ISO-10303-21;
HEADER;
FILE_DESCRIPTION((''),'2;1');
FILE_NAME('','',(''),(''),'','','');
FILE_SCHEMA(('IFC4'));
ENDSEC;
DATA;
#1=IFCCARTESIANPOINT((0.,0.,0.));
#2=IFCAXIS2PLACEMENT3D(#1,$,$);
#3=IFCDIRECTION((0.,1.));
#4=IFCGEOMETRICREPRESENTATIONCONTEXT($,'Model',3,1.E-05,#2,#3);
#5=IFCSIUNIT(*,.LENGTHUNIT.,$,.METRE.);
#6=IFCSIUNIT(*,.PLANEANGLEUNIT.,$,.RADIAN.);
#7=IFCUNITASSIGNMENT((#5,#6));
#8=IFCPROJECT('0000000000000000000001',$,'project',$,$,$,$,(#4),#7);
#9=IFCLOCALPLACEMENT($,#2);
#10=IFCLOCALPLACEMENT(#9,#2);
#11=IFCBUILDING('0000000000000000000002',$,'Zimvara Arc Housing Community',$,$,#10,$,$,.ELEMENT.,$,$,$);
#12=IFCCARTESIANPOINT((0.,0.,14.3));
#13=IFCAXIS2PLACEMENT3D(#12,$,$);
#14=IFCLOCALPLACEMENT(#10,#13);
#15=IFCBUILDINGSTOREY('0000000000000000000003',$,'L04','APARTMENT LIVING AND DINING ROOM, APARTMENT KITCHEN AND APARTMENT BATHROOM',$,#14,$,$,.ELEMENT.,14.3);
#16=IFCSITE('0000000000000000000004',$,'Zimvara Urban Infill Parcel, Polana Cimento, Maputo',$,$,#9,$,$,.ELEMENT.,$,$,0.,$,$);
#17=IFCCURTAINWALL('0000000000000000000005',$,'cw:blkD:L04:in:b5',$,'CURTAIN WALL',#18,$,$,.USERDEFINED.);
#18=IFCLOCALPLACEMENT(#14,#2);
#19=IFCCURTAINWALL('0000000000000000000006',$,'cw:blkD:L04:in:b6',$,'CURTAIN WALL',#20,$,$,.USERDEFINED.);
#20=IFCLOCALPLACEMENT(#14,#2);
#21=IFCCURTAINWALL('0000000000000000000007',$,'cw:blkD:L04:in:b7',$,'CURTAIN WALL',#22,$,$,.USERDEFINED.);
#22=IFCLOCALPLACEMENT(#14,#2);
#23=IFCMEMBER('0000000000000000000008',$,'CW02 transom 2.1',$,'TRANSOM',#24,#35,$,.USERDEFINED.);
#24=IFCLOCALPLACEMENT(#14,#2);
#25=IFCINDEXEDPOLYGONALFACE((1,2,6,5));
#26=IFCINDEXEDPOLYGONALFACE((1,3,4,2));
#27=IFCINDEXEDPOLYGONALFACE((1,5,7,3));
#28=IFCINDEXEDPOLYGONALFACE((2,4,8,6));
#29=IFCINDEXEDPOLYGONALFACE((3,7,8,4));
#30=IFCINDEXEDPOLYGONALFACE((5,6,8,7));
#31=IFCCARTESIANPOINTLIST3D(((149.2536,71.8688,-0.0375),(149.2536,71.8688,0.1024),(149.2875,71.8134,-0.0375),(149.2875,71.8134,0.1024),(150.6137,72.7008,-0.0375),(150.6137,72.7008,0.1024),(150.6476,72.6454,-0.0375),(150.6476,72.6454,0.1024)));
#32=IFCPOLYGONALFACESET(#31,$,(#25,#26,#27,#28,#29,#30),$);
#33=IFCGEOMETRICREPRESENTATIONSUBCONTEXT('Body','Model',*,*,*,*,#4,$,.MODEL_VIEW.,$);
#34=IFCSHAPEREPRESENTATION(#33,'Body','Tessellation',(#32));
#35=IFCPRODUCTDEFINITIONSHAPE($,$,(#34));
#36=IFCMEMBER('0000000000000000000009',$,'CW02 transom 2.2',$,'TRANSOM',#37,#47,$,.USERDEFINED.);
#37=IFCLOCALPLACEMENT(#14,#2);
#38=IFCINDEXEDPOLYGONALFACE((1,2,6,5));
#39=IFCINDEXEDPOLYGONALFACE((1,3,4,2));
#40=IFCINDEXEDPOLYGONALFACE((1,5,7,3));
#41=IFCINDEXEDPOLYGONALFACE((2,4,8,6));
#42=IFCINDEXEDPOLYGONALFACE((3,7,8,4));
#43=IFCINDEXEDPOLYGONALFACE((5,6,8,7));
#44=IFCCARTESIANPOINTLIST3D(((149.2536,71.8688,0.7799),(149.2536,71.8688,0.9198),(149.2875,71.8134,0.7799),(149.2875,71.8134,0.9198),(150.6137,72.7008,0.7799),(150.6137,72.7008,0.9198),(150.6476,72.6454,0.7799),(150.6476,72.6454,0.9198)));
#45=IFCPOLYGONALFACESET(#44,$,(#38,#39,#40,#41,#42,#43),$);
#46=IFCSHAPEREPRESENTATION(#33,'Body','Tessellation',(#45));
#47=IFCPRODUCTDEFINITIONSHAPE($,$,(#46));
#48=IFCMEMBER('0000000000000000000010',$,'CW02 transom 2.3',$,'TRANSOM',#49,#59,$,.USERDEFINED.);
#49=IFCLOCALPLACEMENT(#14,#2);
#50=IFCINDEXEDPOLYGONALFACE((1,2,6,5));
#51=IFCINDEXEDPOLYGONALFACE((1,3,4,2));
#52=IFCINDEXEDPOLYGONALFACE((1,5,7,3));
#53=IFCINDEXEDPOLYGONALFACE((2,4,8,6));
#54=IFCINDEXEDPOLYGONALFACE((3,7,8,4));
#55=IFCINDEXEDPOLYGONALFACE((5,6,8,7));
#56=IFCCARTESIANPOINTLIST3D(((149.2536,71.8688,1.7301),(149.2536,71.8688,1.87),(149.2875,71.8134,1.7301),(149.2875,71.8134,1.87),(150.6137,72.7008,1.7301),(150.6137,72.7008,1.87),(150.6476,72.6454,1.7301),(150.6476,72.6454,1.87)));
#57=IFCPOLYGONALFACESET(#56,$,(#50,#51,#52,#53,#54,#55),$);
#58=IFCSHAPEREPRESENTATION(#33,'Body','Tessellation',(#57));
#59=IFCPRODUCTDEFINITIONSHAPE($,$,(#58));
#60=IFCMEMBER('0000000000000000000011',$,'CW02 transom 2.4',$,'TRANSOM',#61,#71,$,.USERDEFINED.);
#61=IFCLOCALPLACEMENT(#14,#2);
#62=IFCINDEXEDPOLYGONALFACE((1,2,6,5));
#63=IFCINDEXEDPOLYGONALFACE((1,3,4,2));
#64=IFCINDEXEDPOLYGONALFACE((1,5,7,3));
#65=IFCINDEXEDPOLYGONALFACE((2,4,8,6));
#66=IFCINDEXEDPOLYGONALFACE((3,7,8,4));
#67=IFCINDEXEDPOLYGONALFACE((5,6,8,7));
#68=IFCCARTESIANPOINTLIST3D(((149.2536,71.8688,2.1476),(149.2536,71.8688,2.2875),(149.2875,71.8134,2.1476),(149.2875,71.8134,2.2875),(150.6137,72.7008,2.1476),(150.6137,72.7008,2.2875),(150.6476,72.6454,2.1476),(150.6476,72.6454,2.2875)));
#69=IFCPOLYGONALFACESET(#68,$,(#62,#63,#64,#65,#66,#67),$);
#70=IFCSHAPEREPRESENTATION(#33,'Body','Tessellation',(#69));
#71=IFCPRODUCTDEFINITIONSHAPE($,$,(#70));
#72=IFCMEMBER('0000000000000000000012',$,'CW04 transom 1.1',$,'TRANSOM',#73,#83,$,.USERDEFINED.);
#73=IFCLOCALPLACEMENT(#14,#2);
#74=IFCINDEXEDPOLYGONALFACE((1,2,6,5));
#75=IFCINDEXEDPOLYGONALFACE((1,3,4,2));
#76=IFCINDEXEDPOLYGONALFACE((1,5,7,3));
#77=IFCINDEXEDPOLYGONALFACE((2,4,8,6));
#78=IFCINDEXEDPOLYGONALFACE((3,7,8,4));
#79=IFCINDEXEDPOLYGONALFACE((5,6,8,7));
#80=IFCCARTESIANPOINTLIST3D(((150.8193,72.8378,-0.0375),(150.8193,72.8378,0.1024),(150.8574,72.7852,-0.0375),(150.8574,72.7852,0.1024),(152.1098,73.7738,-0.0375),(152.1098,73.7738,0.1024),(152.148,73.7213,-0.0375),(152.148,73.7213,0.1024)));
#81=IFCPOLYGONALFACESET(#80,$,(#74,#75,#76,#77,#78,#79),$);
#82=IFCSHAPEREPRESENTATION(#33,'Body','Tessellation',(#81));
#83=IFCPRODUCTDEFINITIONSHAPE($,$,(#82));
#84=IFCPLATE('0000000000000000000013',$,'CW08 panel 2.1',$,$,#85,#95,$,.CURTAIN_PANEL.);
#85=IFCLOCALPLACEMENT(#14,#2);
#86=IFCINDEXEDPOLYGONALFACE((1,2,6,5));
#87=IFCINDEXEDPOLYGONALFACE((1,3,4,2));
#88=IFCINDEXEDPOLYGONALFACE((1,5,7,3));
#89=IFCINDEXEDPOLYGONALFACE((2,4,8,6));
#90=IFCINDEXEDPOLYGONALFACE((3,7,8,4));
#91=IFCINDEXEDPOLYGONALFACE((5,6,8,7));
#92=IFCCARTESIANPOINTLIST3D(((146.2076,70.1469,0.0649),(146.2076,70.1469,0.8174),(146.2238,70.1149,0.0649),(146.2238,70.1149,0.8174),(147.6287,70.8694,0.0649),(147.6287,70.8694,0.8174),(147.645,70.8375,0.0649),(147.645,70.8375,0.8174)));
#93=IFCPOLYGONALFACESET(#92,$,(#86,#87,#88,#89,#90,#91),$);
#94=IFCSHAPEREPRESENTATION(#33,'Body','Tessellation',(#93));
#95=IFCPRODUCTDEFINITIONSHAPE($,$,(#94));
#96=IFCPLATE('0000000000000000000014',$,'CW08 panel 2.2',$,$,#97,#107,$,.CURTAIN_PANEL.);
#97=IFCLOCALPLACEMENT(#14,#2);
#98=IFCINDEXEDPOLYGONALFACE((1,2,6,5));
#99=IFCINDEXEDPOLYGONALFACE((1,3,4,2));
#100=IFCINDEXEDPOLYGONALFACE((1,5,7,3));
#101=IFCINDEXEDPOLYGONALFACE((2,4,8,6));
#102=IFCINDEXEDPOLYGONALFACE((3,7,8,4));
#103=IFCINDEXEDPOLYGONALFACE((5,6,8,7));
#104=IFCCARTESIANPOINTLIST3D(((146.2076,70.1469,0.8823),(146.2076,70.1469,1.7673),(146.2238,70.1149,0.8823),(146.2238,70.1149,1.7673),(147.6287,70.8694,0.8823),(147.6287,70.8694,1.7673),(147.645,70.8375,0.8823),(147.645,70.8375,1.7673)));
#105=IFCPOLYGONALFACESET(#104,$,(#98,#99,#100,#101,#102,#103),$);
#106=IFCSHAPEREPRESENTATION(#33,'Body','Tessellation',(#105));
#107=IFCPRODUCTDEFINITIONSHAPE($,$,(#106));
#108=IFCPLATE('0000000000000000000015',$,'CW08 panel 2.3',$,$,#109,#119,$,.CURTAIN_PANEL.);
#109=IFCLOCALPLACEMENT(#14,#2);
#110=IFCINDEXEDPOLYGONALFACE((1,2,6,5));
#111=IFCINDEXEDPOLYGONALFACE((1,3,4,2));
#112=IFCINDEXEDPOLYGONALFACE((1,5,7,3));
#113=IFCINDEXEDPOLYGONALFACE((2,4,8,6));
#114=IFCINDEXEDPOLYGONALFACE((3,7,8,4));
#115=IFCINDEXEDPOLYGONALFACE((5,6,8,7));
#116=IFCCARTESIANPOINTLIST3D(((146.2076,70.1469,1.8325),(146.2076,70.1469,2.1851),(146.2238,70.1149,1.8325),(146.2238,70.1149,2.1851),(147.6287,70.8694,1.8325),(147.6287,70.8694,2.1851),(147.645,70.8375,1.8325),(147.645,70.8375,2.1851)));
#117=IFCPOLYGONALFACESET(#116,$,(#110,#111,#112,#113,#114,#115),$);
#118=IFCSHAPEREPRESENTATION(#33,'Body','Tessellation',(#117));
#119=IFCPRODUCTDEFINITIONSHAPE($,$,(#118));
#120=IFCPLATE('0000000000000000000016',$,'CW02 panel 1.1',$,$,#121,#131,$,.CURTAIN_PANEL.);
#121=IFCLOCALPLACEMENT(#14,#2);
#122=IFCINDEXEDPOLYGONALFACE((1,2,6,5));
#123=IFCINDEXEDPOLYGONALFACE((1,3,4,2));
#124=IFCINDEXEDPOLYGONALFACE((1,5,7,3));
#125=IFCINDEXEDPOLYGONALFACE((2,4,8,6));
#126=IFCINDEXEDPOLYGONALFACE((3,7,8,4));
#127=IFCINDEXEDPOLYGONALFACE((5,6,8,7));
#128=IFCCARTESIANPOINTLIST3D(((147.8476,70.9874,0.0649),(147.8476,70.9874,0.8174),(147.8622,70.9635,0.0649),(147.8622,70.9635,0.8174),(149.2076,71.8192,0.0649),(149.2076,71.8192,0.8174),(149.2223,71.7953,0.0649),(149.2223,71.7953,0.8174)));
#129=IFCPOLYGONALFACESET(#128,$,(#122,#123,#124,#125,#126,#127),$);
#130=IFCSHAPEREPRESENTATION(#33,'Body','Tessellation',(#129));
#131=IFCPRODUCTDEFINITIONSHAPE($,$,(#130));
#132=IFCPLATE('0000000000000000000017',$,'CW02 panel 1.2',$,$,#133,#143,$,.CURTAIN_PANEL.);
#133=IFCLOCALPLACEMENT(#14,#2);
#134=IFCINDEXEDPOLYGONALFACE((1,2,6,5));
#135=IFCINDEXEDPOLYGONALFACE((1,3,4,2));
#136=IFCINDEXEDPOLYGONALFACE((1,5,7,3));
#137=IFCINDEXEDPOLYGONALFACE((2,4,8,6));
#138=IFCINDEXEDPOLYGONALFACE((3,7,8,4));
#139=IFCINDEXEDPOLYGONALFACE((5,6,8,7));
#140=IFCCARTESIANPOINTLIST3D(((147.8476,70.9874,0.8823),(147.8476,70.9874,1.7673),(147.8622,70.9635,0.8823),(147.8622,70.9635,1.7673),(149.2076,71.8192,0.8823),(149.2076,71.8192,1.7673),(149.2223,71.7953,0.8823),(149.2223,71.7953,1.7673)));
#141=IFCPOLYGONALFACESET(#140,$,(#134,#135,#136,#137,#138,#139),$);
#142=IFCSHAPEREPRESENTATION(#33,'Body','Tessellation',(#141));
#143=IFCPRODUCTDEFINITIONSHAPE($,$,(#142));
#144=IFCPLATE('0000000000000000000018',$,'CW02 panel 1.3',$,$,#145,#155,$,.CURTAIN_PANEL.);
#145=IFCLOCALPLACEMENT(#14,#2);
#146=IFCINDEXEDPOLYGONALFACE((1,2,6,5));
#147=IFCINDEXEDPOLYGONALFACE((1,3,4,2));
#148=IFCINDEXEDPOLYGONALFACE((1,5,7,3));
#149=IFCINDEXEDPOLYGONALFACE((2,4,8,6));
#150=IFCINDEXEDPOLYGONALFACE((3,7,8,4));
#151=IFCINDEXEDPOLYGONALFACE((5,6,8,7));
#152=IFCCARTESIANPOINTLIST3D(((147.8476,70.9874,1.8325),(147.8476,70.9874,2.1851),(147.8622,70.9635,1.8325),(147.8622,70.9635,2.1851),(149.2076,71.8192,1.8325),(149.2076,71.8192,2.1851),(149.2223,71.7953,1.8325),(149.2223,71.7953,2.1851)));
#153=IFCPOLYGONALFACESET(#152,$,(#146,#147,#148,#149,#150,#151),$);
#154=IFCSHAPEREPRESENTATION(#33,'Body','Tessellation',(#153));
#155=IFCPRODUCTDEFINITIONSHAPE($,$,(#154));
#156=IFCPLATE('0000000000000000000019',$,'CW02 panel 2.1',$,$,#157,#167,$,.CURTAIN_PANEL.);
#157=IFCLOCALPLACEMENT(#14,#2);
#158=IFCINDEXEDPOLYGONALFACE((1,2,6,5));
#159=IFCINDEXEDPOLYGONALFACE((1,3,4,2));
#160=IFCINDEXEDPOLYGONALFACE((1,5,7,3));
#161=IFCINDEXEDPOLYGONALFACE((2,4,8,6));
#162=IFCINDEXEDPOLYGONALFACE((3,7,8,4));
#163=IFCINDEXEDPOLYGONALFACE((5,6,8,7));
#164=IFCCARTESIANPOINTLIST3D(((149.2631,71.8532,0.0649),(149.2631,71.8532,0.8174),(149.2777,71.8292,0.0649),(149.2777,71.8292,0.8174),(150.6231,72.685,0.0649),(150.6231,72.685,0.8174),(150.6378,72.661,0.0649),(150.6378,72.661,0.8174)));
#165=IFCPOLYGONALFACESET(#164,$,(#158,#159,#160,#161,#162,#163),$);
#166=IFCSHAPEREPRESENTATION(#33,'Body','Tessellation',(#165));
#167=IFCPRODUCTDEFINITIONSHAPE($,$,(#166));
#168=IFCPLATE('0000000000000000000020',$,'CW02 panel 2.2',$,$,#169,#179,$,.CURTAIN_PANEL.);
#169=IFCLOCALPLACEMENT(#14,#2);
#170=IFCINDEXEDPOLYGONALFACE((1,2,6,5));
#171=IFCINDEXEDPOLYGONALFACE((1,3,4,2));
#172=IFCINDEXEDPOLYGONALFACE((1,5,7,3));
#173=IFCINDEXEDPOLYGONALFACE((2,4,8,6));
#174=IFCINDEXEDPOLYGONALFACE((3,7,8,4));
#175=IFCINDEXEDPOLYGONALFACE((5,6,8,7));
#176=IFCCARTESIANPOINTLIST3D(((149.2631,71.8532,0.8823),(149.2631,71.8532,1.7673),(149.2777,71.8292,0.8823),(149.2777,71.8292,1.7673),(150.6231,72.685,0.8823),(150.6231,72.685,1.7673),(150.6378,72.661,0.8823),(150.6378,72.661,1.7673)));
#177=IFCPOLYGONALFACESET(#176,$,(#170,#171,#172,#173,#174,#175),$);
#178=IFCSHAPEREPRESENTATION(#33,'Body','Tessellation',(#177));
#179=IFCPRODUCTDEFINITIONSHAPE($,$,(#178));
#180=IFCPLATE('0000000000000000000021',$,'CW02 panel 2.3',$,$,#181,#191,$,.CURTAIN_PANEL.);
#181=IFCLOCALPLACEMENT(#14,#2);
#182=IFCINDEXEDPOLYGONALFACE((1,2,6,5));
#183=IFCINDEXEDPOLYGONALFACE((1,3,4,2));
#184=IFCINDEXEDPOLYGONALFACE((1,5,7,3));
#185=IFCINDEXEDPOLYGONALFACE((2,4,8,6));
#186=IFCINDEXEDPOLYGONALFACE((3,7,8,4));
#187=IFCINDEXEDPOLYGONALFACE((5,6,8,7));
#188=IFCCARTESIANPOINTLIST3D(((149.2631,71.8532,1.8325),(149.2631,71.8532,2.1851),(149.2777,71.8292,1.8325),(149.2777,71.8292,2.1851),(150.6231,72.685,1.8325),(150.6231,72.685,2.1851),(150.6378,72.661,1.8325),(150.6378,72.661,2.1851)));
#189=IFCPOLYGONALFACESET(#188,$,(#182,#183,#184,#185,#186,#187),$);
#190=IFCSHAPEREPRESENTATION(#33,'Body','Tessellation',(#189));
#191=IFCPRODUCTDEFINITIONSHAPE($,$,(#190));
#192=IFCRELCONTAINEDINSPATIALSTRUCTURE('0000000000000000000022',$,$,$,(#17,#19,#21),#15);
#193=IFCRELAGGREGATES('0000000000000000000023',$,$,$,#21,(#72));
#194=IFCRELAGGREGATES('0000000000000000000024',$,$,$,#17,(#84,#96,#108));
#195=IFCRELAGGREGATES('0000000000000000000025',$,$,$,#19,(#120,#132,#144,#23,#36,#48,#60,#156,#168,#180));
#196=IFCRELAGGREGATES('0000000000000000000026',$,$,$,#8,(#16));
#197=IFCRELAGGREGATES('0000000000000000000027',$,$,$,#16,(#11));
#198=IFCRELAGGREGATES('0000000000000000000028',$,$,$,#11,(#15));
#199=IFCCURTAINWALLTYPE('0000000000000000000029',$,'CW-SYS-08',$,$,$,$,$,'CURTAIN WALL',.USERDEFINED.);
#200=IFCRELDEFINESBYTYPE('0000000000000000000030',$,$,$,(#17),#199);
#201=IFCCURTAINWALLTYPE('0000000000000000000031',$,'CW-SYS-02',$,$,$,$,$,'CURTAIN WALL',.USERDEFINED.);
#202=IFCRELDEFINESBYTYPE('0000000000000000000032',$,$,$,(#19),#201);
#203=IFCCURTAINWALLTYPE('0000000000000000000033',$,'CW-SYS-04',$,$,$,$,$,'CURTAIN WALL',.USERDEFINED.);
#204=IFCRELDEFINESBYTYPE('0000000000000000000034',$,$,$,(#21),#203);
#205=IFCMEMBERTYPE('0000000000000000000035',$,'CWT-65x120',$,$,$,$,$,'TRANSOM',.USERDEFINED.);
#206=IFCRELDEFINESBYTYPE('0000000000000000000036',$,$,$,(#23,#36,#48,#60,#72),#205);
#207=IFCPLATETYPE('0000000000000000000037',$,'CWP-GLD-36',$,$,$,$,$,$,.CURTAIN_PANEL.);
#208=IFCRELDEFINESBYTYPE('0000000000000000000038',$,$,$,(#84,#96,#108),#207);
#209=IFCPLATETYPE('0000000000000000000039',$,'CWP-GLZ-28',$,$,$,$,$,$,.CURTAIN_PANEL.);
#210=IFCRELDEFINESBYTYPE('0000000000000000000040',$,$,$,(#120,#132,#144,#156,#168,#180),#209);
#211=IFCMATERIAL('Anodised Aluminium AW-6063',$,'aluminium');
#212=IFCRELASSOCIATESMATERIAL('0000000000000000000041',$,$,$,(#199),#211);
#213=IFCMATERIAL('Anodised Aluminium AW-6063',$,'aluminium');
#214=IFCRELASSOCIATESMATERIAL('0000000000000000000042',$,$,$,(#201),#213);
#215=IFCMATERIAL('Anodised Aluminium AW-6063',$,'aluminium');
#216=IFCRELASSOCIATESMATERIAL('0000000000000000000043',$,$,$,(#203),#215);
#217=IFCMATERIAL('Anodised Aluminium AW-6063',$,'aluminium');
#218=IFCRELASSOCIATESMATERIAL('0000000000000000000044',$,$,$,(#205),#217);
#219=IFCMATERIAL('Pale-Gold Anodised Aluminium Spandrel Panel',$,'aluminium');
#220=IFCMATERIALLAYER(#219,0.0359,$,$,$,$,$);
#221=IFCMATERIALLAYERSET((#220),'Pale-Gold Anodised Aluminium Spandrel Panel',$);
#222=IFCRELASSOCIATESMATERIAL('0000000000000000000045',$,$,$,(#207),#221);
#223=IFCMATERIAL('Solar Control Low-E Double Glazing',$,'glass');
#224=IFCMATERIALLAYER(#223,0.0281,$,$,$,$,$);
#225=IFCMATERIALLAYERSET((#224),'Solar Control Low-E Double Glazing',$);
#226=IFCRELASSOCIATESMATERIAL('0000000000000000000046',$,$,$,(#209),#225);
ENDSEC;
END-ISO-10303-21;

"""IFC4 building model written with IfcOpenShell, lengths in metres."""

from ifc_helpers import new_model, si_unit, direction, frame, origin, origin_2d, place, context, subcontext, project, spatial, rectangle, extrude, material, layer, layer_set, material_profile, profile_set, type_object, element, aggregate, save


model = new_model("IFC4")

# Units and contexts
model_context = context("Model", 3, precision=1e-05, world=origin(), true_north=direction((0.0, 1.0)))
body_context = subcontext(model_context, "Body", "Model", "MODEL_VIEW")
ifc_project = project(units=[si_unit("LENGTHUNIT", "METRE"), si_unit("PLANEANGLEUNIT", "RADIAN")], contexts=[model_context])

# Site, building, storey
site_placement = place(None, origin())
site = spatial("IfcSite", under=ifc_project, at=site_placement, Name="Zimvara Urban Infill Parcel, Polana Cimento, Maputo", CompositionType="ELEMENT", RefElevation=0.0)
building_placement = place(site_placement, origin())
building = spatial("IfcBuilding", under=site, at=building_placement, Name="Zimvara Arc Housing Community", CompositionType="ELEMENT")
storey_placement = place(building_placement, frame((0.0, 0.0, 14.3)))
storey = spatial("IfcBuildingStorey", under=building, at=storey_placement, Name="L04", Description="APARTMENT LIVING AND DINING ROOM, APARTMENT KITCHEN AND APARTMENT BATHROOM", CompositionType="ELEMENT", Elevation=14.3)

# Curtain wall
ifc_material_1 = material(Name="Anodised Aluminium AW-6063", Category="aluminium")
curtain_wall_type_1 = type_object("IfcCurtainWallType", Name="CW-SYS-08", ElementType="CURTAIN WALL", PredefinedType="USERDEFINED", material=ifc_material_1)
curtain_wall_1_placement = place(storey_placement, origin())
curtain_wall_1 = element("IfcCurtainWall", 1, at=curtain_wall_1_placement, inside=storey, type_object=curtain_wall_type_1, Name="cw:blkD:L04:in:b5", ObjectType="CURTAIN WALL", PredefinedType="USERDEFINED")

# Curtain wall
ifc_material_2 = material(Name="Anodised Aluminium AW-6063", Category="aluminium")
curtain_wall_type_2 = type_object("IfcCurtainWallType", Name="CW-SYS-02", ElementType="CURTAIN WALL", PredefinedType="USERDEFINED", material=ifc_material_2)
curtain_wall_2_placement = place(storey_placement, origin())
curtain_wall_2 = element("IfcCurtainWall", 2, at=curtain_wall_2_placement, inside=storey, type_object=curtain_wall_type_2, Name="cw:blkD:L04:in:b6", ObjectType="CURTAIN WALL", PredefinedType="USERDEFINED")

# Curtain wall
ifc_material_3 = material(Name="Anodised Aluminium AW-6063", Category="aluminium")
curtain_wall_type_3 = type_object("IfcCurtainWallType", Name="CW-SYS-04", ElementType="CURTAIN WALL", PredefinedType="USERDEFINED", material=ifc_material_3)
curtain_wall_3_placement = place(storey_placement, origin())
curtain_wall_3 = element("IfcCurtainWall", 3, at=curtain_wall_3_placement, inside=storey, type_object=curtain_wall_type_3, Name="cw:blkD:L04:in:b7", ObjectType="CURTAIN WALL", PredefinedType="USERDEFINED")

# Members
ifc_material_4 = material(Name="Anodised Aluminium AW-6063", Category="aluminium")
ifc_material_profile_1 = material_profile(ifc_material_4, rectangle(XDim=0.0649, YDim=0.1399, at=origin_2d()), Name="ALU 65x140")
ifc_profile_set_1 = profile_set([ifc_material_profile_1], Name="Anodised Aluminium AW-6063")
member_type_1 = type_object("IfcMemberType", Name="CWT-65x120", ElementType="TRANSOM", PredefinedType="USERDEFINED", material=ifc_profile_set_1)
member_1_placement = place(storey_placement, frame((149.2705, 71.8411, 0.0325), z_axis=(0.853043, 0.52184, 0.0), x_axis=(-0.52184, 0.853043, 0.0)))
member_1 = element("IfcMember", 4, at=member_1_placement, type_object=member_type_1, Name="CW02 transom 2.1", ObjectType="TRANSOM", PredefinedType="USERDEFINED", context=body_context, shape_type="SweptSolid", body=[
    extrude(rectangle(XDim=0.0649, YDim=0.1399, at=origin_2d()), origin(), (0.0, 0.0, 1.0), 1.5945),
])
member_2_placement = place(storey_placement, frame((149.2705, 71.8411, 0.8499), z_axis=(0.853043, 0.52184, 0.0), x_axis=(-0.52184, 0.853043, 0.0)))
member_2 = element("IfcMember", 5, at=member_2_placement, type_object=member_type_1, Name="CW02 transom 2.2", ObjectType="TRANSOM", PredefinedType="USERDEFINED", context=body_context, shape_type="SweptSolid", body=[
    extrude(rectangle(XDim=0.0649, YDim=0.1399, at=origin_2d()), origin(), (0.0, 0.0, 1.0), 1.5945),
])
member_3_placement = place(storey_placement, frame((149.2705, 71.8411, 1.8), z_axis=(0.853043, 0.52184, 0.0), x_axis=(-0.52184, 0.853043, 0.0)))
member_3 = element("IfcMember", 6, at=member_3_placement, type_object=member_type_1, Name="CW02 transom 2.3", ObjectType="TRANSOM", PredefinedType="USERDEFINED", context=body_context, shape_type="SweptSolid", body=[
    extrude(rectangle(XDim=0.0649, YDim=0.1399, at=origin_2d()), origin(), (0.0, 0.0, 1.0), 1.5945),
])
member_4_placement = place(storey_placement, frame((149.2705, 71.8411, 2.2175), z_axis=(0.853043, 0.52184, 0.0), x_axis=(-0.52184, 0.853043, 0.0)))
member_4 = element("IfcMember", 7, at=member_4_placement, type_object=member_type_1, Name="CW02 transom 2.4", ObjectType="TRANSOM", PredefinedType="USERDEFINED", context=body_context, shape_type="SweptSolid", body=[
    extrude(rectangle(XDim=0.0649, YDim=0.1399, at=origin_2d()), origin(), (0.0, 0.0, 1.0), 1.5945),
])
member_5_placement = place(storey_placement, frame((150.8384, 72.8115, 0.0325), z_axis=(0.80949, 0.587133, 0.0), x_axis=(-0.587133, 0.80949, 0.0)))
member_5 = element("IfcMember", 8, at=member_5_placement, type_object=member_type_1, Name="CW04 transom 1.1", ObjectType="TRANSOM", PredefinedType="USERDEFINED", context=body_context, shape_type="SweptSolid", body=[
    extrude(rectangle(XDim=0.0649, YDim=0.1399, at=origin_2d()), origin(), (0.0, 0.0, 1.0), 1.5942),
])
aggregate(curtain_wall_3, [member_5])

# Plates
ifc_material_5 = material(Name="Pale-Gold Anodised Aluminium Spandrel Panel", Category="aluminium")
ifc_layer_1 = layer(ifc_material_5, 0.0359)
ifc_layer_set_1 = layer_set([ifc_layer_1], Name="Pale-Gold Anodised Aluminium Spandrel Panel")
plate_type_1 = type_object("IfcPlateType", Name="CWP-GLD-36", PredefinedType="CURTAIN_PANEL", material=ifc_layer_set_1)
plate_1_placement = place(storey_placement, frame((146.9263, 70.4922, 0.0649), z_axis=(0.0, 0.0, 1.0), x_axis=(0.891403, 0.453211, 0.0)))
plate_1 = element("IfcPlate", 9, at=plate_1_placement, type_object=plate_type_1, Name="CW08 panel 2.1", PredefinedType="CURTAIN_PANEL", context=body_context, shape_type="SweptSolid", body=[
    extrude(rectangle(XDim=1.5942, YDim=0.0359, at=origin_2d()), origin(), (0.0, 0.0, 1.0), 0.7524),
])
plate_2_placement = place(storey_placement, frame((146.9263, 70.4922, 0.8823), z_axis=(0.0, 0.0, 1.0), x_axis=(0.891403, 0.453211, 0.0)))
plate_2 = element("IfcPlate", 10, at=plate_2_placement, type_object=plate_type_1, Name="CW08 panel 2.2", PredefinedType="CURTAIN_PANEL", context=body_context, shape_type="SweptSolid", body=[
    extrude(rectangle(XDim=1.5942, YDim=0.0359, at=origin_2d()), origin(), (0.0, 0.0, 1.0), 0.885),
])
plate_3_placement = place(storey_placement, frame((146.9263, 70.4922, 1.8325), z_axis=(0.0, 0.0, 1.0), x_axis=(0.891403, 0.453211, 0.0)))
plate_3 = element("IfcPlate", 11, at=plate_3_placement, type_object=plate_type_1, Name="CW08 panel 2.3", PredefinedType="CURTAIN_PANEL", context=body_context, shape_type="SweptSolid", body=[
    extrude(rectangle(XDim=1.5942, YDim=0.0359, at=origin_2d()), origin(), (0.0, 0.0, 1.0), 0.3525),
])
aggregate(curtain_wall_1, [plate_1, plate_2, plate_3])
ifc_material_6 = material(Name="Solar Control Low-E Double Glazing", Category="glass")
ifc_layer_2 = layer(ifc_material_6, 0.0281)
ifc_layer_set_2 = layer_set([ifc_layer_2], Name="Solar Control Low-E Double Glazing")
plate_type_2 = type_object("IfcPlateType", Name="CWP-GLZ-28", PredefinedType="CURTAIN_PANEL", material=ifc_layer_set_2)
plate_4_placement = place(storey_placement, frame((148.5349, 71.3914, 0.0649), z_axis=(0.0, 0.0, 1.0), x_axis=(0.853096, 0.521754, 0.0)))
plate_4 = element("IfcPlate", 12, at=plate_4_placement, type_object=plate_type_2, Name="CW02 panel 1.1", PredefinedType="CURTAIN_PANEL", context=body_context, shape_type="SweptSolid", body=[
    extrude(rectangle(XDim=1.5942, YDim=0.0281, at=origin_2d()), origin(), (0.0, 0.0, 1.0), 0.7524),
])
plate_5_placement = place(storey_placement, frame((148.5349, 71.3914, 0.8823), z_axis=(0.0, 0.0, 1.0), x_axis=(0.853096, 0.521754, 0.0)))
plate_5 = element("IfcPlate", 13, at=plate_5_placement, type_object=plate_type_2, Name="CW02 panel 1.2", PredefinedType="CURTAIN_PANEL", context=body_context, shape_type="SweptSolid", body=[
    extrude(rectangle(XDim=1.5942, YDim=0.0281, at=origin_2d()), origin(), (0.0, 0.0, 1.0), 0.885),
])
plate_6_placement = place(storey_placement, frame((148.5349, 71.3914, 1.8325), z_axis=(0.0, 0.0, 1.0), x_axis=(0.853096, 0.521754, 0.0)))
plate_6 = element("IfcPlate", 14, at=plate_6_placement, type_object=plate_type_2, Name="CW02 panel 1.3", PredefinedType="CURTAIN_PANEL", context=body_context, shape_type="SweptSolid", body=[
    extrude(rectangle(XDim=1.5942, YDim=0.0281, at=origin_2d()), origin(), (0.0, 0.0, 1.0), 0.3525),
])
plate_7_placement = place(storey_placement, frame((149.9504, 72.2571, 0.0649), z_axis=(0.0, 0.0, 1.0), x_axis=(0.853096, 0.521754, 0.0)))
plate_7 = element("IfcPlate", 15, at=plate_7_placement, type_object=plate_type_2, Name="CW02 panel 2.1", PredefinedType="CURTAIN_PANEL", context=body_context, shape_type="SweptSolid", body=[
    extrude(rectangle(XDim=1.5942, YDim=0.0281, at=origin_2d()), origin(), (0.0, 0.0, 1.0), 0.7524),
])
plate_8_placement = place(storey_placement, frame((149.9504, 72.2571, 0.8823), z_axis=(0.0, 0.0, 1.0), x_axis=(0.853096, 0.521754, 0.0)))
plate_8 = element("IfcPlate", 16, at=plate_8_placement, type_object=plate_type_2, Name="CW02 panel 2.2", PredefinedType="CURTAIN_PANEL", context=body_context, shape_type="SweptSolid", body=[
    extrude(rectangle(XDim=1.5942, YDim=0.0281, at=origin_2d()), origin(), (0.0, 0.0, 1.0), 0.885),
])
plate_9_placement = place(storey_placement, frame((149.9504, 72.2571, 1.8325), z_axis=(0.0, 0.0, 1.0), x_axis=(0.853096, 0.521754, 0.0)))
plate_9 = element("IfcPlate", 17, at=plate_9_placement, type_object=plate_type_2, Name="CW02 panel 2.3", PredefinedType="CURTAIN_PANEL", context=body_context, shape_type="SweptSolid", body=[
    extrude(rectangle(XDim=1.5942, YDim=0.0281, at=origin_2d()), origin(), (0.0, 0.0, 1.0), 0.3525),
])
aggregate(curtain_wall_2, [plate_4, plate_5, plate_6, member_1, member_2, member_3, member_4, plate_7, plate_8, plate_9])

save(model, "model.ifc")
